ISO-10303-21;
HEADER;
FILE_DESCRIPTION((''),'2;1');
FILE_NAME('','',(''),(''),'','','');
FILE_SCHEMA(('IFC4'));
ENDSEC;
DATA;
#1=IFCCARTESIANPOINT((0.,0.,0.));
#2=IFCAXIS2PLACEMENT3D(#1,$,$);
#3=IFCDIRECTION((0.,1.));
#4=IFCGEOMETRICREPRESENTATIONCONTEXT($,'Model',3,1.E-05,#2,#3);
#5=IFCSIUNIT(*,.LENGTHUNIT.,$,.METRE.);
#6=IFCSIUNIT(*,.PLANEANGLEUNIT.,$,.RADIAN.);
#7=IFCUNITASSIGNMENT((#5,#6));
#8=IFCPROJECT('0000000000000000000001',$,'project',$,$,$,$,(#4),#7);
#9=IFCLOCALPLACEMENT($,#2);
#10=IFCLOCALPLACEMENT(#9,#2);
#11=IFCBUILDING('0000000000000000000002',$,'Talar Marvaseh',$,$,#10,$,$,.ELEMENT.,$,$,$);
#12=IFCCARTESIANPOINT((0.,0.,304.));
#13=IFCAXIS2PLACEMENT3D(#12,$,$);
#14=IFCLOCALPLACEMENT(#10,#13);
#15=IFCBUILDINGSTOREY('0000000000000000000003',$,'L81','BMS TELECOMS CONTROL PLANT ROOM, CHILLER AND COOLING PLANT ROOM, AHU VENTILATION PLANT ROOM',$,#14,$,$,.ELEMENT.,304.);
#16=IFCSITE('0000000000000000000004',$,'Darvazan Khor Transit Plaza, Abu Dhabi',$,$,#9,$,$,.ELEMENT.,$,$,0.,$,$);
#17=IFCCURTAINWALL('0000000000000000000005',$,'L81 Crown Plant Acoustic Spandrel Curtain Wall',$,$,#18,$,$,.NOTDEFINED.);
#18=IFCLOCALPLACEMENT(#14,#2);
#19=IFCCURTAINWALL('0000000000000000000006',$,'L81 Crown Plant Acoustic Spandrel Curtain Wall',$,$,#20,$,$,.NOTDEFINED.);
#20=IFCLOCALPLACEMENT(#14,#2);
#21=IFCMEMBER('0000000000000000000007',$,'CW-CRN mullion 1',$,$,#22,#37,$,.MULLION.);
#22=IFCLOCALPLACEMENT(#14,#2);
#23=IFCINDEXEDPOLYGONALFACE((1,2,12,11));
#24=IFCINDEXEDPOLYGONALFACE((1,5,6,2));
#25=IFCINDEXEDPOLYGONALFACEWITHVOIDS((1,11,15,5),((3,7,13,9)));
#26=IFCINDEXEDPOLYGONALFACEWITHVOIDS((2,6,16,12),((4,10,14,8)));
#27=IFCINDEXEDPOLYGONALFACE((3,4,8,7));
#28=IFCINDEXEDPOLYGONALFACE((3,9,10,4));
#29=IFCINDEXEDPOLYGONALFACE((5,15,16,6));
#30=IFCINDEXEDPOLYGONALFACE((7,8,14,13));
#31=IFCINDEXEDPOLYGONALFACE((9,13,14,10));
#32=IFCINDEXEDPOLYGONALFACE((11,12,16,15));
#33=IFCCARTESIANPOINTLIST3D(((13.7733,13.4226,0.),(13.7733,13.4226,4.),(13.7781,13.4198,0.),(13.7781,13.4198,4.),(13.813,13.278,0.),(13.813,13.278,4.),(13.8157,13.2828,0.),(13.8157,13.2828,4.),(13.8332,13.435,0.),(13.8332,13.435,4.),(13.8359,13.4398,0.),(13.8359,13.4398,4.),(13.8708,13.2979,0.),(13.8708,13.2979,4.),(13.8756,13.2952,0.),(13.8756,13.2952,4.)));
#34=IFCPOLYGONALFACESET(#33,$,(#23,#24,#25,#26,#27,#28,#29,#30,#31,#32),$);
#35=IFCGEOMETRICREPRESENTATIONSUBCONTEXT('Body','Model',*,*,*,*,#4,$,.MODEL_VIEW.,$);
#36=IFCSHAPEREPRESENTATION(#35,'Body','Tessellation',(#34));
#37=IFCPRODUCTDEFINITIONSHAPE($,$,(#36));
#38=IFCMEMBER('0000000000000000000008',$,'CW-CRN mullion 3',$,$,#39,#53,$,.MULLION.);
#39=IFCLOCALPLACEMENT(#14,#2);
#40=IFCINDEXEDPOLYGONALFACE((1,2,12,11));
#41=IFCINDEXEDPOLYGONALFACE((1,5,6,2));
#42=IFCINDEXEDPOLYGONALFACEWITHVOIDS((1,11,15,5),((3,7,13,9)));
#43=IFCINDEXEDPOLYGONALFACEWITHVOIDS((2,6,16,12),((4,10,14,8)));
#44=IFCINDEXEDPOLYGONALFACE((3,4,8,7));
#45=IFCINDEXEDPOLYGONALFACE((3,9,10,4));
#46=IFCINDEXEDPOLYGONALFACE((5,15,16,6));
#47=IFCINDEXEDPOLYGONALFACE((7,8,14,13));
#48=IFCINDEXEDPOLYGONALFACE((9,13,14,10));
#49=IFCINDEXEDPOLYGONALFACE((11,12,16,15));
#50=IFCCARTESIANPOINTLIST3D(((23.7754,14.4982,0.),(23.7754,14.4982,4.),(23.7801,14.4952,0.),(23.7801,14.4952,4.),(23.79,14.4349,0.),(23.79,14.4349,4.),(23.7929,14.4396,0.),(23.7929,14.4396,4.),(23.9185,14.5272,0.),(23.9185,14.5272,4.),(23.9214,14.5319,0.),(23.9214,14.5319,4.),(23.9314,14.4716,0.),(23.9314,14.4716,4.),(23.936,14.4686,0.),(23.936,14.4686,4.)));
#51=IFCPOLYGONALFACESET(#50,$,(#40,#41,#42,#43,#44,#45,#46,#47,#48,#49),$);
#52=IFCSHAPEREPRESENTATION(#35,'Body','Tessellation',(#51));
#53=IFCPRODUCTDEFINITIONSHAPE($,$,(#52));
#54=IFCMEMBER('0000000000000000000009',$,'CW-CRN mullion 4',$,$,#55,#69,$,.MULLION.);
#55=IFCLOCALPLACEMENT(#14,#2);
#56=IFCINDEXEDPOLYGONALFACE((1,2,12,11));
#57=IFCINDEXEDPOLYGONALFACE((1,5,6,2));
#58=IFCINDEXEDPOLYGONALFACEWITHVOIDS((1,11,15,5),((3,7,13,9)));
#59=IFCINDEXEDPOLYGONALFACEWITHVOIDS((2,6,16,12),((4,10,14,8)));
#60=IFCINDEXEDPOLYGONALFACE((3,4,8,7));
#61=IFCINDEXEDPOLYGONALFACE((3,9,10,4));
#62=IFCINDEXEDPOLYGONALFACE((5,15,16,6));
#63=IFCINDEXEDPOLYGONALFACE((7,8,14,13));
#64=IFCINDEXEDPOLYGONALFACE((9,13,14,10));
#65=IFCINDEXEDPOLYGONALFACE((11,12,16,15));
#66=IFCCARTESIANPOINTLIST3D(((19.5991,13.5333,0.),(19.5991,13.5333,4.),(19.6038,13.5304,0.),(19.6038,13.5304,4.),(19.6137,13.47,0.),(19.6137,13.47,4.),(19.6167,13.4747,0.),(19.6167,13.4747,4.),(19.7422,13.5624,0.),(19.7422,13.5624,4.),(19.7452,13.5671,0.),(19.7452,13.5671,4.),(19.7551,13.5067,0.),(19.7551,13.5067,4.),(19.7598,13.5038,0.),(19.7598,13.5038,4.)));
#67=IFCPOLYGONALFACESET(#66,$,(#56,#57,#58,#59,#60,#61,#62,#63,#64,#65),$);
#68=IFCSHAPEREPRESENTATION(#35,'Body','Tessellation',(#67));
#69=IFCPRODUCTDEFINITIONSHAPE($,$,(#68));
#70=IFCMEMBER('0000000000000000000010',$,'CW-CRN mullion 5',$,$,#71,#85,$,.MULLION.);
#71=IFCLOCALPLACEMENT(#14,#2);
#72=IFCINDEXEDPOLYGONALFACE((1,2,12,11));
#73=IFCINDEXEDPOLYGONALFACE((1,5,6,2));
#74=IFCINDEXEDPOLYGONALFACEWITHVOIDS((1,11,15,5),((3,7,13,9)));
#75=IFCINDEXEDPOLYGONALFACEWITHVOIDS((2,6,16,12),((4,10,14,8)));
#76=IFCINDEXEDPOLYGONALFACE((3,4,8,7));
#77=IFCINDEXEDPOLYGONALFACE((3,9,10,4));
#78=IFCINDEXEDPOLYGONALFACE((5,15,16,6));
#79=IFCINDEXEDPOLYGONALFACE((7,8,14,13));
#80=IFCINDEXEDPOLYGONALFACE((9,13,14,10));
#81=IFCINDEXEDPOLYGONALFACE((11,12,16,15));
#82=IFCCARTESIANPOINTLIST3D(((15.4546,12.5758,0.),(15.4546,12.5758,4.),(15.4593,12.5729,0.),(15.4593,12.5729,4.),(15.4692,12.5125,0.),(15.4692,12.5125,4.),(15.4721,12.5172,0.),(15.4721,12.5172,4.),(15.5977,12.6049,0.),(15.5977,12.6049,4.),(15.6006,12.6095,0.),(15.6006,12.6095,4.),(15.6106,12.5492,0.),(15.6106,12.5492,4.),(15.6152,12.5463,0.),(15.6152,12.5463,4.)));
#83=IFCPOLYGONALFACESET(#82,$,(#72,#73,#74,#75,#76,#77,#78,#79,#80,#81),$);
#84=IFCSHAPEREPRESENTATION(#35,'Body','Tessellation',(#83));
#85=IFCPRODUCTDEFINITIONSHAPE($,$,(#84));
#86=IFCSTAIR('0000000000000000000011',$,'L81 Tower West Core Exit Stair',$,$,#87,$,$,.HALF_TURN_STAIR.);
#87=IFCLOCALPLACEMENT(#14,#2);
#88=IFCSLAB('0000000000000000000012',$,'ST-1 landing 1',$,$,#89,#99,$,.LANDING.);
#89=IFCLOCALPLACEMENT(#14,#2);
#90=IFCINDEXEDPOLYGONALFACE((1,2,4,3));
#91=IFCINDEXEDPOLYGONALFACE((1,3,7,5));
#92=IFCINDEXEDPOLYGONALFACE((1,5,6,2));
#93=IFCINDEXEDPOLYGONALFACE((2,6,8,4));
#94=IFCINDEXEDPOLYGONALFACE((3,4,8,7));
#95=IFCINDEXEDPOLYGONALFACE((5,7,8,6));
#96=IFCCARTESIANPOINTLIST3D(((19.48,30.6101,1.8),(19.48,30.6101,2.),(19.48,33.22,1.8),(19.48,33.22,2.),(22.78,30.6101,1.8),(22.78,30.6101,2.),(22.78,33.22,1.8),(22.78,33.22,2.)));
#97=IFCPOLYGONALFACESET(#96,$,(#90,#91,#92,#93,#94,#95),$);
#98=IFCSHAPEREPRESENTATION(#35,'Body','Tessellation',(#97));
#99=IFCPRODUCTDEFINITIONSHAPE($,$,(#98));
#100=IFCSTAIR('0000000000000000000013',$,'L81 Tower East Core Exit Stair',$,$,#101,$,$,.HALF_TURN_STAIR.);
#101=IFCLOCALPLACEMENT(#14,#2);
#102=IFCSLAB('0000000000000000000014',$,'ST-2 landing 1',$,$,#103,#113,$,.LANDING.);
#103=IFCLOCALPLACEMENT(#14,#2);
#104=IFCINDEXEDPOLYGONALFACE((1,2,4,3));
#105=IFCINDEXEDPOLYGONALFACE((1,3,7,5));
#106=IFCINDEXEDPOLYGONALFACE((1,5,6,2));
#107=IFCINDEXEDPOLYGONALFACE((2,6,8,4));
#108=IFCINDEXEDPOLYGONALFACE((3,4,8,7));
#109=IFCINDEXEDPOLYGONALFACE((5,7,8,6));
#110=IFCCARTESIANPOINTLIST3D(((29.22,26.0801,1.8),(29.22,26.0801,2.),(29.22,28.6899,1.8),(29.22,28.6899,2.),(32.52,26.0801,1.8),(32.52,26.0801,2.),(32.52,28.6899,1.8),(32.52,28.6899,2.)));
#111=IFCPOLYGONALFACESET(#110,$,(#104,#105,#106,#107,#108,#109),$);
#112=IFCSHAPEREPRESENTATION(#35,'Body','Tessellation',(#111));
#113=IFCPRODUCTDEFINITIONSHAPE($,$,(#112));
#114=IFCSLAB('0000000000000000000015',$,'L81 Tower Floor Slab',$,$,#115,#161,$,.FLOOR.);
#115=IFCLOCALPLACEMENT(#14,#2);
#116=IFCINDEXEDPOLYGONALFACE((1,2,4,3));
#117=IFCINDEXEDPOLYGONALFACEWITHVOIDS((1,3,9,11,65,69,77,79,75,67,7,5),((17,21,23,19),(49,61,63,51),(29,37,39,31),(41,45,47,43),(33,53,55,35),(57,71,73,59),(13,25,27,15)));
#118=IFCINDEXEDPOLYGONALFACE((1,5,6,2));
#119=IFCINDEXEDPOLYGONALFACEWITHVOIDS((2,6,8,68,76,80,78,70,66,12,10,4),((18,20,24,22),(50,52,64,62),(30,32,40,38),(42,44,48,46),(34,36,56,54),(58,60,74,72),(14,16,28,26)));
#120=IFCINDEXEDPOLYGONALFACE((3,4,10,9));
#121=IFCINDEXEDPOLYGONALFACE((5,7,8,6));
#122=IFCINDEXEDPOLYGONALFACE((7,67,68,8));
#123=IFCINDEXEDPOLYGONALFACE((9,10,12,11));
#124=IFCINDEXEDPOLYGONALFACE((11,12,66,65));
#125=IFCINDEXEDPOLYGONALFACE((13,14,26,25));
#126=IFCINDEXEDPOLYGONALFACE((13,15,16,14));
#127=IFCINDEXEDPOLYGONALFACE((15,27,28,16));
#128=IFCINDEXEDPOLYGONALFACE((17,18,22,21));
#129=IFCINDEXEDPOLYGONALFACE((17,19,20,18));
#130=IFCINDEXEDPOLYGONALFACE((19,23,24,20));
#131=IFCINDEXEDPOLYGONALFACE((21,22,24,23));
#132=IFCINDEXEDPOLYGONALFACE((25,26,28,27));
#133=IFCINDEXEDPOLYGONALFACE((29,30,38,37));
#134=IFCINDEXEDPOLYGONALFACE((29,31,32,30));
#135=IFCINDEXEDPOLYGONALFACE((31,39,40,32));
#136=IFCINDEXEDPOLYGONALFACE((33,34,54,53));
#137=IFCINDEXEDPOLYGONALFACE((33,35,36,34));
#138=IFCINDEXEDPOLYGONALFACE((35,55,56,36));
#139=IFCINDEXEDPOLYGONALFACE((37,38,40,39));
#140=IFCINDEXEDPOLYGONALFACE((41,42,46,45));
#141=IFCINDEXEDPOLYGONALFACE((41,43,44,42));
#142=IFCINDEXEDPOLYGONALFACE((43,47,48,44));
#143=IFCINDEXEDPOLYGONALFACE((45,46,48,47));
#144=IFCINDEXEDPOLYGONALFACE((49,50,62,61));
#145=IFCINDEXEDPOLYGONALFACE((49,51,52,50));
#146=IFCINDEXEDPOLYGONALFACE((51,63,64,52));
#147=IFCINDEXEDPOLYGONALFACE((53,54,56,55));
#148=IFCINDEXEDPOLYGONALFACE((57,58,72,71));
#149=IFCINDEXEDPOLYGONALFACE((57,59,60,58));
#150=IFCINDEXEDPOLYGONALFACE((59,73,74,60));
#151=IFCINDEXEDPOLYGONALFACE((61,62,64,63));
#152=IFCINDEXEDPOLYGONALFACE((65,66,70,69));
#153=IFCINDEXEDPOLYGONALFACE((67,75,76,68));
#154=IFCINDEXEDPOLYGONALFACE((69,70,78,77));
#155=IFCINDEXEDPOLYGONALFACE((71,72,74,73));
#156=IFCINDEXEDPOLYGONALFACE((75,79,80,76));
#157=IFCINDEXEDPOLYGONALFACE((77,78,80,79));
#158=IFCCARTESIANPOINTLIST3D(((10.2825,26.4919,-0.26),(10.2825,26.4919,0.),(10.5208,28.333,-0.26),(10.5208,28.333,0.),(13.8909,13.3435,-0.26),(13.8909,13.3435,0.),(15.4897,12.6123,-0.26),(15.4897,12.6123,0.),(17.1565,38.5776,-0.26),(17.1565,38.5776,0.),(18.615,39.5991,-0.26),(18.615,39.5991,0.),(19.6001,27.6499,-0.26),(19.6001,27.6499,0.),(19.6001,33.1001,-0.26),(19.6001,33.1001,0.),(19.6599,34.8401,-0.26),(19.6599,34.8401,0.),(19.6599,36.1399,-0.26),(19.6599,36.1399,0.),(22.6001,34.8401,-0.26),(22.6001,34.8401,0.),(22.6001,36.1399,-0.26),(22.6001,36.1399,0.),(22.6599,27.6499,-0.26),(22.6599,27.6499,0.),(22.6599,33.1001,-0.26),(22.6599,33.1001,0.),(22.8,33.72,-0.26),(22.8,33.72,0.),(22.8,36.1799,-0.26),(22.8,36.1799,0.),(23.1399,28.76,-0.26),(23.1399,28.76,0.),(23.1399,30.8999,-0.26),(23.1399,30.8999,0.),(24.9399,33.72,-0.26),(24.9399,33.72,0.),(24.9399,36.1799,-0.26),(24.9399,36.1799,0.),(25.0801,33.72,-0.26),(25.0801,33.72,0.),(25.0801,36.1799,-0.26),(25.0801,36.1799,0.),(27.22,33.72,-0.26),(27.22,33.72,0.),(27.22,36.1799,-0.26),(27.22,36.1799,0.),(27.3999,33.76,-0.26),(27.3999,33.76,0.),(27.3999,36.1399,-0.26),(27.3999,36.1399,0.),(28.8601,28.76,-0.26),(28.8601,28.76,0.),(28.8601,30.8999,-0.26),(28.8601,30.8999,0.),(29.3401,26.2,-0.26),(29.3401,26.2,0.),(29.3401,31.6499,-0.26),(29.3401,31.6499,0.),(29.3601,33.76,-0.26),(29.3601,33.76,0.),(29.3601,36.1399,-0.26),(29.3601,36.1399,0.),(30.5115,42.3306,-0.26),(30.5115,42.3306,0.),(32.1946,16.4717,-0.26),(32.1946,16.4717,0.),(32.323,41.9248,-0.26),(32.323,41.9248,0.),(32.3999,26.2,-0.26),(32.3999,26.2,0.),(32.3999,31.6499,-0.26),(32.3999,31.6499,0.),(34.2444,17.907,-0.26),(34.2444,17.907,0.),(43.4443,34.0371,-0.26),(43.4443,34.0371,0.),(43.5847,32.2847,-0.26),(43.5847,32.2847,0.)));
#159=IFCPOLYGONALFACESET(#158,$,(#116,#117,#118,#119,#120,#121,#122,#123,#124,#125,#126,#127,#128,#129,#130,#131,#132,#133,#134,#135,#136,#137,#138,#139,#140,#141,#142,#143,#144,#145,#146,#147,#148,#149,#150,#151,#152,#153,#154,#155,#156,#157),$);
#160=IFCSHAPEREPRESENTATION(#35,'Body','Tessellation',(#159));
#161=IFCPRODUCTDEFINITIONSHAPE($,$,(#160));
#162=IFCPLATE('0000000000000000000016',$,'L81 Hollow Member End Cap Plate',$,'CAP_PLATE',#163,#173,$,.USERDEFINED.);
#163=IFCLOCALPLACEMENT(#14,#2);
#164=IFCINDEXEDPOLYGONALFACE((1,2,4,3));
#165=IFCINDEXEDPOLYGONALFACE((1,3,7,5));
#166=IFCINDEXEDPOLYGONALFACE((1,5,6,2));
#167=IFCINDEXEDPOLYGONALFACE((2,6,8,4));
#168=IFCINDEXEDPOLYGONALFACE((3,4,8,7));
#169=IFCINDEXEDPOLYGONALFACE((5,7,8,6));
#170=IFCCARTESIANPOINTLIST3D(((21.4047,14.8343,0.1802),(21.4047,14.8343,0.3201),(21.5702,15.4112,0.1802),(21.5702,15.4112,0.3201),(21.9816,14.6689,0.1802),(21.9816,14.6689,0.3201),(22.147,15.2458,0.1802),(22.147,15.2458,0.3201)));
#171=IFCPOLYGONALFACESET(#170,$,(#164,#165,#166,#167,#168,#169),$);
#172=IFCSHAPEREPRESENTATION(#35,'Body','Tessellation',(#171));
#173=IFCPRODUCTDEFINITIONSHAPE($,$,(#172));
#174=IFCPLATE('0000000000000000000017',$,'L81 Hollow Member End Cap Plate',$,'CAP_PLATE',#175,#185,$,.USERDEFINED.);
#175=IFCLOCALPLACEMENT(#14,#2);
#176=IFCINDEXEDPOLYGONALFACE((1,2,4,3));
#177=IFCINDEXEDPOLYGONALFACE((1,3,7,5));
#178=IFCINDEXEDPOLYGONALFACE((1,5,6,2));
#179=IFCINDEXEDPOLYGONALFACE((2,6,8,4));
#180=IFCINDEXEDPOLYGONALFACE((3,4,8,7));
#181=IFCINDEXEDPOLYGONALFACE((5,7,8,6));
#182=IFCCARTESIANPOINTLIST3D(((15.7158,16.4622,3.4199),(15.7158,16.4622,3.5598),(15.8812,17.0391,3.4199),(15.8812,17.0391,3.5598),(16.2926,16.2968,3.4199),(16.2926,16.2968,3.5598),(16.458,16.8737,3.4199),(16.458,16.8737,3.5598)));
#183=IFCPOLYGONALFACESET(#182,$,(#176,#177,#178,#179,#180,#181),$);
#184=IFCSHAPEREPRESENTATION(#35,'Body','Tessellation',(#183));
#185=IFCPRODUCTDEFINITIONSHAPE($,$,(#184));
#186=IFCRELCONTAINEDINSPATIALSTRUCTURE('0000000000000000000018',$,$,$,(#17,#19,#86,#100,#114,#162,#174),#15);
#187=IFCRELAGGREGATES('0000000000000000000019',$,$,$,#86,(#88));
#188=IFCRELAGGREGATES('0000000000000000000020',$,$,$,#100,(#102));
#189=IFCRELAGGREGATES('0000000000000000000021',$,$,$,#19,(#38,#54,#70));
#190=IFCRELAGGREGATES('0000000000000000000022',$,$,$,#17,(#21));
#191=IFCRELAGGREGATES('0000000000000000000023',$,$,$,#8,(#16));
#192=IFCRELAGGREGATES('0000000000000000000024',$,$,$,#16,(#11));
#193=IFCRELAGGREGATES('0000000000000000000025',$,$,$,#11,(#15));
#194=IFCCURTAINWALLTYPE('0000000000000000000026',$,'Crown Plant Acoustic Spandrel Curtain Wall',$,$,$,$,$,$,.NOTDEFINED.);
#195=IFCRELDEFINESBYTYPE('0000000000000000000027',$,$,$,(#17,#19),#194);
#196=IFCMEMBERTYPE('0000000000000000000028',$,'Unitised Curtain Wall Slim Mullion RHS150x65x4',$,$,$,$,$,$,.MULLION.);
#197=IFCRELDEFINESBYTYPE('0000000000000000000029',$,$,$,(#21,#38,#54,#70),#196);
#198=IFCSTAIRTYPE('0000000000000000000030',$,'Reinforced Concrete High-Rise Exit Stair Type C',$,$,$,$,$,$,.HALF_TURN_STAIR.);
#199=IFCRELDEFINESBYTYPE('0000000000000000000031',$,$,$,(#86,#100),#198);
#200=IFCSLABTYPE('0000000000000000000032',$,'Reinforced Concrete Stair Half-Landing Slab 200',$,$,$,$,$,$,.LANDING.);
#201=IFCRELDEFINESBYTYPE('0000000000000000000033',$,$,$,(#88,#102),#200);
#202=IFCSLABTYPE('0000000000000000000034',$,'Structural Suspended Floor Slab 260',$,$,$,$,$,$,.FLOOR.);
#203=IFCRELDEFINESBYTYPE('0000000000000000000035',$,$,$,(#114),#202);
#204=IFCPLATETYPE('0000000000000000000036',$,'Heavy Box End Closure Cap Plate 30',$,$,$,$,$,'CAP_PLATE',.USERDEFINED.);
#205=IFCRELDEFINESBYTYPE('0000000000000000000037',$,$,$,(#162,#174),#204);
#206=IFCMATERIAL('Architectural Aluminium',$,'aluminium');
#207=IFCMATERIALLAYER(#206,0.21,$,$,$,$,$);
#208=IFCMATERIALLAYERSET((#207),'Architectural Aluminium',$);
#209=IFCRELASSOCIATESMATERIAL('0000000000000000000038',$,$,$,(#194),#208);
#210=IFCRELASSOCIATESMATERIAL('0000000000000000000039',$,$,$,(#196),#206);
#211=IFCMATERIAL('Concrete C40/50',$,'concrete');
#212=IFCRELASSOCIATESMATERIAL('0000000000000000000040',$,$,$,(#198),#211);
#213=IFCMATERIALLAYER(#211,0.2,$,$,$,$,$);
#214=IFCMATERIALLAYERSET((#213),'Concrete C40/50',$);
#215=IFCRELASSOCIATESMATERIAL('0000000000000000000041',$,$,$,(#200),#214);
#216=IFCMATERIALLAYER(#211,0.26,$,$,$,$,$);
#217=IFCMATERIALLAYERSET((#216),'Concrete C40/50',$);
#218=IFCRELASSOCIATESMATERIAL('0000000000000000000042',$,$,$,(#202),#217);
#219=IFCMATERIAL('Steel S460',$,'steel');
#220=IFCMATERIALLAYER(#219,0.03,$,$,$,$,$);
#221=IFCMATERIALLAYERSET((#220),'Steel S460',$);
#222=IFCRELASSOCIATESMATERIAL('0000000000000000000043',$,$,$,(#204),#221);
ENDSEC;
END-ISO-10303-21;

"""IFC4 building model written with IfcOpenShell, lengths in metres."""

from ifc_helpers import new_model, si_unit, direction, frame, origin, origin_2d, place, context, subcontext, project, spatial, polyline, rectangle, hollow_rectangle, outline, extrude, source, transform, mapped, material, layer, layer_set, material_profile, profile_set, type_object, type_shapes, element, aggregate, save


model = new_model("IFC4")

# Units and contexts
model_context = context("Model", 3, precision=1e-05, world=origin(), true_north=direction((0.0, 1.0)))
body_context = subcontext(model_context, "Body", "Model", "MODEL_VIEW")
ifc_project = project(units=[si_unit("LENGTHUNIT", "METRE"), si_unit("PLANEANGLEUNIT", "RADIAN")], contexts=[model_context])

# Site, building, storey
site_placement = place(None, origin())
site = spatial("IfcSite", under=ifc_project, at=site_placement, Name="Darvazan Khor Transit Plaza, Abu Dhabi", CompositionType="ELEMENT", RefElevation=0.0)
building_placement = place(site_placement, origin())
building = spatial("IfcBuilding", under=site, at=building_placement, Name="Talar Marvaseh", CompositionType="ELEMENT")
storey_placement = place(building_placement, frame((0.0, 0.0, 304.0)))
storey = spatial("IfcBuildingStorey", under=building, at=storey_placement, Name="L81", Description="BMS TELECOMS CONTROL PLANT ROOM, CHILLER AND COOLING PLANT ROOM, AHU VENTILATION PLANT ROOM", CompositionType="ELEMENT", Elevation=304.0)

# Shared definitions
ifc_material_1 = material(Name="Steel S460", Category="steel")

# Curtain walls
ifc_material_2 = material(Name="Architectural Aluminium", Category="aluminium")
ifc_layer_1 = layer(ifc_material_2, 0.21)
ifc_layer_set_1 = layer_set([ifc_layer_1], Name="Architectural Aluminium")
curtain_wall_type = type_object("IfcCurtainWallType", Name="Crown Plant Acoustic Spandrel Curtain Wall", PredefinedType="NOTDEFINED", material=ifc_layer_set_1)
curtain_wall_1_placement = place(storey_placement, origin())
curtain_wall_1 = element("IfcCurtainWall", 1, at=curtain_wall_1_placement, inside=storey, type_object=curtain_wall_type, Name="L81 Crown Plant Acoustic Spandrel Curtain Wall", PredefinedType="NOTDEFINED")
curtain_wall_2_placement = place(storey_placement, origin())
curtain_wall_2 = element("IfcCurtainWall", 2, at=curtain_wall_2_placement, inside=storey, type_object=curtain_wall_type, Name="L81 Crown Plant Acoustic Spandrel Curtain Wall", PredefinedType="NOTDEFINED")

# Members
ifc_material_profile_1 = material_profile(ifc_material_2, hollow_rectangle(XDim=0.0649, YDim=0.1499, WallThickness=0.0039, at=origin_2d()), Name="RHS150x65x4")
ifc_profile_set_1 = profile_set([ifc_material_profile_1], Name="Architectural Aluminium")
member_type_1 = type_object("IfcMemberType", Name="Unitised Curtain Wall Slim Mullion RHS150x65x4", PredefinedType="MULLION", material=ifc_profile_set_1)
shared_shape_1 = source(origin(), body_context, "Body", "SweptSolid", [
    extrude(hollow_rectangle(XDim=0.0649, YDim=0.1499, WallThickness=0.0039, at=origin_2d()), origin(), (0.0, 0.0, 1.0), 4.0),
])
type_shapes(member_type_1, [shared_shape_1])
member_1_placement = place(storey_placement, frame((13.8245, 13.3589, 0.0), z_axis=(0.0, 0.0, 1.0), x_axis=(-0.964345, -0.264649, 0.0)))
member_1 = element("IfcMember", 3, at=member_1_placement, type_object=member_type_1, Name="CW-CRN mullion 1", PredefinedType="MULLION", context=body_context, shape_type="MappedRepresentation", body=[
    mapped(shared_shape_1, transform((0.0, 0.0, 0.0), x_axis=(1.0, 0.0, 0.0), y_axis=(0.0, 1.0, 0.0), z_axis=(0.0, 0.0, 1.0), scale=1.0)),
])
member_2_placement = place(storey_placement, frame((23.8557, 14.4834, 0.0), z_axis=(0.0, 0.0, 1.0), x_axis=(0.225103, -0.974335, 0.0)))
member_2 = element("IfcMember", 4, at=member_2_placement, type_object=member_type_1, Name="CW-CRN mullion 3", PredefinedType="MULLION", context=body_context, shape_type="MappedRepresentation", body=[
    mapped(shared_shape_1, transform((0.0, 0.0, 0.0), x_axis=(1.0, 0.0, 0.0), y_axis=(0.0, 1.0, 0.0), z_axis=(0.0, 0.0, 1.0), scale=1.0)),
])
member_3_placement = place(storey_placement, frame((19.6794, 13.5186, 0.0), z_axis=(0.0, 0.0, 1.0), x_axis=(0.225103, -0.974335, 0.0)))
member_3 = element("IfcMember", 5, at=member_3_placement, type_object=member_type_1, Name="CW-CRN mullion 4", PredefinedType="MULLION", context=body_context, shape_type="MappedRepresentation", body=[
    mapped(shared_shape_1, transform((0.0, 0.0, 0.0), x_axis=(1.0, 0.0, 0.0), y_axis=(0.0, 1.0, 0.0), z_axis=(0.0, 0.0, 1.0), scale=1.0)),
])
member_4_placement = place(storey_placement, frame((15.5349, 12.561, 0.0), z_axis=(0.0, 0.0, 1.0), x_axis=(0.225103, -0.974335, 0.0)))
member_4 = element("IfcMember", 6, at=member_4_placement, type_object=member_type_1, Name="CW-CRN mullion 5", PredefinedType="MULLION", context=body_context, shape_type="MappedRepresentation", body=[
    mapped(shared_shape_1, transform((0.0, 0.0, 0.0), x_axis=(1.0, 0.0, 0.0), y_axis=(0.0, 1.0, 0.0), z_axis=(0.0, 0.0, 1.0), scale=1.0)),
])

# Stairs, slabs
ifc_material_3 = material(Name="Concrete C40/50", Category="concrete")
stair_type = type_object("IfcStairType", Name="Reinforced Concrete High-Rise Exit Stair Type C", PredefinedType="HALF_TURN_STAIR", material=ifc_material_3)
stair_1_placement = place(storey_placement, origin())
stair_1 = element("IfcStair", 7, at=stair_1_placement, inside=storey, type_object=stair_type, Name="L81 Tower West Core Exit Stair", PredefinedType="HALF_TURN_STAIR")
ifc_layer_2 = layer(ifc_material_3, 0.2)
ifc_layer_set_2 = layer_set([ifc_layer_2], Name="Concrete C40/50")
slab_type_1 = type_object("IfcSlabType", Name="Reinforced Concrete Stair Half-Landing Slab 200", PredefinedType="LANDING", material=ifc_layer_set_2)
slab_1_placement = place(storey_placement, frame((0.0, 0.0, 1.8)))
slab_1 = element("IfcSlab", 8, at=slab_1_placement, type_object=slab_type_1, Name="ST-1 landing 1", PredefinedType="LANDING", context=body_context, shape_type="SweptSolid", body=[
    extrude(outline(polyline([(22.78, 30.6101), (22.78, 33.22), (19.48, 33.22), (19.48, 30.6101), (22.78, 30.6101)])), origin(), (0.0, 0.0, 1.0), 0.2),
])
aggregate(stair_1, [slab_1])
stair_2_placement = place(storey_placement, origin())
stair_2 = element("IfcStair", 9, at=stair_2_placement, inside=storey, type_object=stair_type, Name="L81 Tower East Core Exit Stair", PredefinedType="HALF_TURN_STAIR")
slab_2_placement = place(storey_placement, frame((0.0, 0.0, 1.8)))
slab_2 = element("IfcSlab", 10, at=slab_2_placement, type_object=slab_type_1, Name="ST-2 landing 1", PredefinedType="LANDING", context=body_context, shape_type="SweptSolid", body=[
    extrude(outline(polyline([(29.22, 28.6899), (29.22, 26.0801), (32.52, 26.0801), (32.52, 28.6899), (29.22, 28.6899)])), origin(), (0.0, 0.0, 1.0), 0.2),
])
aggregate(stair_2, [slab_2])

# Slab
ifc_layer_3 = layer(ifc_material_3, 0.26)
ifc_layer_set_3 = layer_set([ifc_layer_3], Name="Concrete C40/50")
slab_type_2 = type_object("IfcSlabType", Name="Structural Suspended Floor Slab 260", PredefinedType="FLOOR", material=ifc_layer_set_3)
slab_3_placement = place(storey_placement, frame((0.0, 0.0, -0.26)))
element("IfcSlab", 11, at=slab_3_placement, inside=storey, type_object=slab_type_2, Name="L81 Tower Floor Slab", PredefinedType="FLOOR", context=body_context, shape_type="SweptSolid", body=[
    extrude(outline(polyline([(15.4897, 12.6123), (13.8909, 13.3435), (10.2825, 26.4919), (10.5208, 28.333), (17.1565, 38.5776), (18.615, 39.5991), (30.5115, 42.3306), (32.323, 41.9248), (43.4443, 34.0371), (43.5847, 32.2847), (34.2444, 17.907), (32.1946, 16.4717), (15.4897, 12.6123)]), holes=[polyline([(22.6599, 27.6499), (22.6599, 33.1001), (19.6001, 33.1001), (19.6001, 27.6499), (22.6599, 27.6499)]), polyline([(29.3401, 31.6499), (29.3401, 26.2), (32.3999, 26.2), (32.3999, 31.6499), (29.3401, 31.6499)]), polyline([(22.8, 33.72), (24.9399, 33.72), (24.9399, 36.1799), (22.8, 36.1799), (22.8, 33.72)]), polyline([(25.0801, 33.72), (27.22, 33.72), (27.22, 36.1799), (25.0801, 36.1799), (25.0801, 33.72)]), polyline([(19.6599, 34.8401), (22.6001, 34.8401), (22.6001, 36.1399), (19.6599, 36.1399), (19.6599, 34.8401)]), polyline([(27.3999, 33.76), (29.3601, 33.76), (29.3601, 36.1399), (27.3999, 36.1399), (27.3999, 33.76)]), polyline([(23.1399, 28.76), (28.8601, 28.76), (28.8601, 30.8999), (23.1399, 30.8999), (23.1399, 28.76)])]), origin(), (0.0, 0.0, 1.0), 0.26),
])

# Plates
ifc_layer_4 = layer(ifc_material_1, 0.03)
ifc_layer_set_4 = layer_set([ifc_layer_4], Name="Steel S460")
plate_type_1 = type_object("IfcPlateType", Name="Heavy Box End Closure Cap Plate 30", ElementType="CAP_PLATE", PredefinedType="USERDEFINED", material=ifc_layer_set_4)
shared_shape_2 = source(origin(), body_context, "Body", "SweptSolid", [
    extrude(rectangle(XDim=0.6001, YDim=0.6001, at=origin_2d()), origin(), (0.0, 0.0, 1.0), 0.1399),
])
type_shapes(plate_type_1, [shared_shape_2])
for number, where, z_axis, x_axis, name in (
    (12, (21.7759, 15.04, 0.1802), (0.0, 0.0, 1.0), (-0.961262, 0.275637, 0.0), "L81 Hollow Member End Cap Plate"),
    (13, (16.0869, 16.668, 3.4199), (0.0, 0.0, 1.0), (-0.961262, 0.275637, 0.0), "L81 Hollow Member End Cap Plate"),
):
    element("IfcPlate", number, at=place(storey_placement, frame(where, z_axis=z_axis, x_axis=x_axis)), inside=storey, type_object=plate_type_1, Name=name, ObjectType="CAP_PLATE", PredefinedType="USERDEFINED", context=body_context, shape_type="MappedRepresentation", body=[
        mapped(shared_shape_2, transform((0.0, 0.0, 0.0), x_axis=(1.0, 0.0, 0.0), y_axis=(0.0, 1.0, 0.0), z_axis=(0.0, 0.0, 1.0), scale=1.0)),
    ])

aggregate(curtain_wall_2, [member_2, member_3, member_4])
aggregate(curtain_wall_1, [member_1])

save(model, "model.ifc")
